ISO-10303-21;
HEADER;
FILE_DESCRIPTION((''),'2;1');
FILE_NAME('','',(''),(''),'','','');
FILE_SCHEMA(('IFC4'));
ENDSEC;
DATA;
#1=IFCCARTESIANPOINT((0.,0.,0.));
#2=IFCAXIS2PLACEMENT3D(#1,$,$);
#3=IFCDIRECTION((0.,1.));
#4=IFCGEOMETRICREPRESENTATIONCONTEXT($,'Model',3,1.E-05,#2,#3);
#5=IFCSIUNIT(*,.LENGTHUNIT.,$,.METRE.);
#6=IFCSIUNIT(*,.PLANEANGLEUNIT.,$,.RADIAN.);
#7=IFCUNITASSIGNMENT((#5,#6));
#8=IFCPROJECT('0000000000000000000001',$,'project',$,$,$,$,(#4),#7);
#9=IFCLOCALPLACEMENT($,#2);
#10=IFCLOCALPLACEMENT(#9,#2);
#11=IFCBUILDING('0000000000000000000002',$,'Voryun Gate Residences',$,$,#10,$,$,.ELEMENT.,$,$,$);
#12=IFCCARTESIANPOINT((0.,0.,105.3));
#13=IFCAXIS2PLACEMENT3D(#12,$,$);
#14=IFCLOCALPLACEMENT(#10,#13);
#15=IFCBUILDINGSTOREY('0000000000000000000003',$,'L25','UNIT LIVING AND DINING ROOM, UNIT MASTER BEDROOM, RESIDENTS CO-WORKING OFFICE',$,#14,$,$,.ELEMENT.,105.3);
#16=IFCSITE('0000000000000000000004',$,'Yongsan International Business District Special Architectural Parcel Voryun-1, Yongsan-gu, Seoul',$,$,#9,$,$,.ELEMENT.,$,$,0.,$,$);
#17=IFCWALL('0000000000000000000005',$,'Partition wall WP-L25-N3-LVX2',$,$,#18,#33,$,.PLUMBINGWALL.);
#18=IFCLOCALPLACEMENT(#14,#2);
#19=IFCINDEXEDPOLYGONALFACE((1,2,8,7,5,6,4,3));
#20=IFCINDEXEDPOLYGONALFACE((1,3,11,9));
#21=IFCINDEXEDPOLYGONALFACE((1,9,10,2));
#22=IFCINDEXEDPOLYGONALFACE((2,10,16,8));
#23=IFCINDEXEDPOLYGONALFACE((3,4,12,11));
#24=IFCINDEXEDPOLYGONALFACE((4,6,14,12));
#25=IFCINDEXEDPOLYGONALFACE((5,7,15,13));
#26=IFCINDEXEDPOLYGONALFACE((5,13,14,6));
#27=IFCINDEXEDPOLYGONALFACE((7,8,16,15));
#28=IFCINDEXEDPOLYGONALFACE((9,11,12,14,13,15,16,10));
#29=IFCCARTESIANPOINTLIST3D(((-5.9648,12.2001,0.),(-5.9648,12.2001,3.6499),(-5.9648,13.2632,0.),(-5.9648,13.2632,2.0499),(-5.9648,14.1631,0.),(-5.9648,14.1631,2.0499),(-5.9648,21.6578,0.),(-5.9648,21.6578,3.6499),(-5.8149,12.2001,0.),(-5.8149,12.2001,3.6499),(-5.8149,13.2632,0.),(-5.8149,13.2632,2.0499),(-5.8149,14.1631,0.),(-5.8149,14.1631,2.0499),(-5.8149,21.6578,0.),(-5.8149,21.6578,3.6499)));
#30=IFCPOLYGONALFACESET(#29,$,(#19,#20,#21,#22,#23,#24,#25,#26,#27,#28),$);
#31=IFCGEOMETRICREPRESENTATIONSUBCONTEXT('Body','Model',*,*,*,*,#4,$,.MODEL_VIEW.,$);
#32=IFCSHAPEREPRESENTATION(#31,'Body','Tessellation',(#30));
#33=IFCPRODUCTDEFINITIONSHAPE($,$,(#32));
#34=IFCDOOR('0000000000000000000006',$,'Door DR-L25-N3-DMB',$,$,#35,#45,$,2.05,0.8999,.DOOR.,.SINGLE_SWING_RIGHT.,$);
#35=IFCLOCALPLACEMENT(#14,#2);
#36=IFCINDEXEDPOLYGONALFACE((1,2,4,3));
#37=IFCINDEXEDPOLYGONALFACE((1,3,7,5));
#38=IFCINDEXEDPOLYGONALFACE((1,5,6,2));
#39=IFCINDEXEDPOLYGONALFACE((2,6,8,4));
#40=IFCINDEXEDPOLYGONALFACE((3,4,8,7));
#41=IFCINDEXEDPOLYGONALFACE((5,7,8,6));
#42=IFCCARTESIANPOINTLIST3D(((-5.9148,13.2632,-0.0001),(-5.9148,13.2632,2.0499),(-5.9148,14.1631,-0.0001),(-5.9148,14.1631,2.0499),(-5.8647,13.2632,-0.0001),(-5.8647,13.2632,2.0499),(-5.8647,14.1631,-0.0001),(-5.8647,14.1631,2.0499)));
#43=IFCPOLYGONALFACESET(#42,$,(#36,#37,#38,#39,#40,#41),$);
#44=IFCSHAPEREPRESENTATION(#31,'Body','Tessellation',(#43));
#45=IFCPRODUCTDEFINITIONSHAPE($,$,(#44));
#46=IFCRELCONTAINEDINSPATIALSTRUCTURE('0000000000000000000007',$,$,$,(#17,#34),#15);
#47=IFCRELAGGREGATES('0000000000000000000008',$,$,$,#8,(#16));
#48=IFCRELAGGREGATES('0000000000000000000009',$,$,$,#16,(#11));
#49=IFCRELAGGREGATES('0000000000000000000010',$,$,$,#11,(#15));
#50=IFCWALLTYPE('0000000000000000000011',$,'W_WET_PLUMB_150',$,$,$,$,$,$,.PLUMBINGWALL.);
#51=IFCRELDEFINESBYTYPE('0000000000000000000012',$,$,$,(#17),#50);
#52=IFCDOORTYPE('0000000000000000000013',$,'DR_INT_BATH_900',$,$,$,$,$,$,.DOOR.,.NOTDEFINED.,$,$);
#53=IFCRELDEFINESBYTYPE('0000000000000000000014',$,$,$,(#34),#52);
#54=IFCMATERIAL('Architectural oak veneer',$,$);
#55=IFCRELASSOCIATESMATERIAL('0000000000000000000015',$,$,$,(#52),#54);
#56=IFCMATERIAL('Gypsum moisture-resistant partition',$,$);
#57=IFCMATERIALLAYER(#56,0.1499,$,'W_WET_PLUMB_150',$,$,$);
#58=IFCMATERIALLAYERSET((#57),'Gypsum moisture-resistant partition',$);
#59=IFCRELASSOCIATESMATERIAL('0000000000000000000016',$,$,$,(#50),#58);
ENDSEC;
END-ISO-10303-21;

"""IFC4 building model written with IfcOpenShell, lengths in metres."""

from ifc_helpers import new_model, si_unit, direction, frame, frame_2d, origin, place, context, subcontext, project, spatial, rectangle, extrude, material, layer, layer_set, type_object, element, fill, save


model = new_model("IFC4")

# Units and contexts
model_context = context("Model", 3, precision=1e-05, world=origin(), true_north=direction((0.0, 1.0)))
body_context = subcontext(model_context, "Body", "Model", "MODEL_VIEW")
ifc_project = project(units=[si_unit("LENGTHUNIT", "METRE"), si_unit("PLANEANGLEUNIT", "RADIAN")], contexts=[model_context])

# Site, building, storey
site_placement = place(None, origin())
site = spatial("IfcSite", under=ifc_project, at=site_placement, Name="Yongsan International Business District Special Architectural Parcel Voryun-1, Yongsan-gu, Seoul", CompositionType="ELEMENT", RefElevation=0.0)
building_placement = place(site_placement, origin())
building = spatial("IfcBuilding", under=site, at=building_placement, Name="Voryun Gate Residences", CompositionType="ELEMENT")
storey_placement = place(building_placement, frame((0.0, 0.0, 105.3)))
storey = spatial("IfcBuildingStorey", under=building, at=storey_placement, Name="L25", Description="UNIT LIVING AND DINING ROOM, UNIT MASTER BEDROOM, RESIDENTS CO-WORKING OFFICE", CompositionType="ELEMENT", Elevation=105.3)

# Shared definitions
ifc_material_1 = material(Name="Architectural oak veneer")
door_type_1 = type_object("IfcDoorType", Name="DR_INT_BATH_900", OperationType="NOTDEFINED", PredefinedType="DOOR", material=ifc_material_1)

# Shared definitions
ifc_material_2 = material(Name="Gypsum moisture-resistant partition")
ifc_layer_1 = layer(ifc_material_2, 0.1499, Name="W_WET_PLUMB_150")
ifc_layer_set_1 = layer_set([ifc_layer_1], Name="Gypsum moisture-resistant partition")
wall_type_1 = type_object("IfcWallType", Name="W_WET_PLUMB_150", PredefinedType="PLUMBINGWALL", material=ifc_layer_set_1)

# Wall, opening, door
wall_1_placement = place(storey_placement, frame((-5.8899, 12.2, 0.0), z_axis=(0.0, 0.0, 1.0), x_axis=(0.0, 1.0, 0.0)))
wall_1 = element("IfcWall", 1, at=wall_1_placement, inside=storey, type_object=wall_type_1, Name="Partition wall WP-L25-N3-LVX2", PredefinedType="PLUMBINGWALL", context=body_context, shape_type="SweptSolid", body=[
    extrude(rectangle(XDim=9.4578, YDim=0.1499, at=frame_2d((4.729, 0.0))), origin(), (0.0, 0.0, 1.0), 3.6499),
])
opening_1_placement = place(wall_1_placement, frame((1.0632, 0.0, 0.0)))
opening_1 = element("IfcOpeningElement", 2, at=opening_1_placement, cuts=wall_1, PredefinedType="OPENING", context=body_context, shape_type="SweptSolid", body=[
    extrude(rectangle(XDim=0.8999, YDim=2.05, at=frame_2d((0.45, 1.0249))), frame((0.0, 0.085, 0.0), z_axis=(0.0, -1.0, 0.0), x_axis=(1.0, 0.0, 0.0)), (0.0, 0.0, 1.0), 0.1699),
])
door_1_placement = place(opening_1_placement, origin())
door_1 = element("IfcDoor", 3, at=door_1_placement, inside=storey, type_object=door_type_1, Name="Door DR-L25-N3-DMB", OperationType="SINGLE_SWING_RIGHT", OverallHeight=2.05, OverallWidth=0.8999, PredefinedType="DOOR", context=body_context, shape_type="SweptSolid", body=[
    extrude(rectangle(XDim=0.8999, YDim=2.05, at=frame_2d((0.45, 1.0249))), frame((0.0, 0.0249, 0.0), z_axis=(0.0, -1.0, 0.0), x_axis=(1.0, 0.0, 0.0)), (0.0, 0.0, 1.0), 0.05),
])
fill(opening_1, door_1)

save(model, "model.ifc")
